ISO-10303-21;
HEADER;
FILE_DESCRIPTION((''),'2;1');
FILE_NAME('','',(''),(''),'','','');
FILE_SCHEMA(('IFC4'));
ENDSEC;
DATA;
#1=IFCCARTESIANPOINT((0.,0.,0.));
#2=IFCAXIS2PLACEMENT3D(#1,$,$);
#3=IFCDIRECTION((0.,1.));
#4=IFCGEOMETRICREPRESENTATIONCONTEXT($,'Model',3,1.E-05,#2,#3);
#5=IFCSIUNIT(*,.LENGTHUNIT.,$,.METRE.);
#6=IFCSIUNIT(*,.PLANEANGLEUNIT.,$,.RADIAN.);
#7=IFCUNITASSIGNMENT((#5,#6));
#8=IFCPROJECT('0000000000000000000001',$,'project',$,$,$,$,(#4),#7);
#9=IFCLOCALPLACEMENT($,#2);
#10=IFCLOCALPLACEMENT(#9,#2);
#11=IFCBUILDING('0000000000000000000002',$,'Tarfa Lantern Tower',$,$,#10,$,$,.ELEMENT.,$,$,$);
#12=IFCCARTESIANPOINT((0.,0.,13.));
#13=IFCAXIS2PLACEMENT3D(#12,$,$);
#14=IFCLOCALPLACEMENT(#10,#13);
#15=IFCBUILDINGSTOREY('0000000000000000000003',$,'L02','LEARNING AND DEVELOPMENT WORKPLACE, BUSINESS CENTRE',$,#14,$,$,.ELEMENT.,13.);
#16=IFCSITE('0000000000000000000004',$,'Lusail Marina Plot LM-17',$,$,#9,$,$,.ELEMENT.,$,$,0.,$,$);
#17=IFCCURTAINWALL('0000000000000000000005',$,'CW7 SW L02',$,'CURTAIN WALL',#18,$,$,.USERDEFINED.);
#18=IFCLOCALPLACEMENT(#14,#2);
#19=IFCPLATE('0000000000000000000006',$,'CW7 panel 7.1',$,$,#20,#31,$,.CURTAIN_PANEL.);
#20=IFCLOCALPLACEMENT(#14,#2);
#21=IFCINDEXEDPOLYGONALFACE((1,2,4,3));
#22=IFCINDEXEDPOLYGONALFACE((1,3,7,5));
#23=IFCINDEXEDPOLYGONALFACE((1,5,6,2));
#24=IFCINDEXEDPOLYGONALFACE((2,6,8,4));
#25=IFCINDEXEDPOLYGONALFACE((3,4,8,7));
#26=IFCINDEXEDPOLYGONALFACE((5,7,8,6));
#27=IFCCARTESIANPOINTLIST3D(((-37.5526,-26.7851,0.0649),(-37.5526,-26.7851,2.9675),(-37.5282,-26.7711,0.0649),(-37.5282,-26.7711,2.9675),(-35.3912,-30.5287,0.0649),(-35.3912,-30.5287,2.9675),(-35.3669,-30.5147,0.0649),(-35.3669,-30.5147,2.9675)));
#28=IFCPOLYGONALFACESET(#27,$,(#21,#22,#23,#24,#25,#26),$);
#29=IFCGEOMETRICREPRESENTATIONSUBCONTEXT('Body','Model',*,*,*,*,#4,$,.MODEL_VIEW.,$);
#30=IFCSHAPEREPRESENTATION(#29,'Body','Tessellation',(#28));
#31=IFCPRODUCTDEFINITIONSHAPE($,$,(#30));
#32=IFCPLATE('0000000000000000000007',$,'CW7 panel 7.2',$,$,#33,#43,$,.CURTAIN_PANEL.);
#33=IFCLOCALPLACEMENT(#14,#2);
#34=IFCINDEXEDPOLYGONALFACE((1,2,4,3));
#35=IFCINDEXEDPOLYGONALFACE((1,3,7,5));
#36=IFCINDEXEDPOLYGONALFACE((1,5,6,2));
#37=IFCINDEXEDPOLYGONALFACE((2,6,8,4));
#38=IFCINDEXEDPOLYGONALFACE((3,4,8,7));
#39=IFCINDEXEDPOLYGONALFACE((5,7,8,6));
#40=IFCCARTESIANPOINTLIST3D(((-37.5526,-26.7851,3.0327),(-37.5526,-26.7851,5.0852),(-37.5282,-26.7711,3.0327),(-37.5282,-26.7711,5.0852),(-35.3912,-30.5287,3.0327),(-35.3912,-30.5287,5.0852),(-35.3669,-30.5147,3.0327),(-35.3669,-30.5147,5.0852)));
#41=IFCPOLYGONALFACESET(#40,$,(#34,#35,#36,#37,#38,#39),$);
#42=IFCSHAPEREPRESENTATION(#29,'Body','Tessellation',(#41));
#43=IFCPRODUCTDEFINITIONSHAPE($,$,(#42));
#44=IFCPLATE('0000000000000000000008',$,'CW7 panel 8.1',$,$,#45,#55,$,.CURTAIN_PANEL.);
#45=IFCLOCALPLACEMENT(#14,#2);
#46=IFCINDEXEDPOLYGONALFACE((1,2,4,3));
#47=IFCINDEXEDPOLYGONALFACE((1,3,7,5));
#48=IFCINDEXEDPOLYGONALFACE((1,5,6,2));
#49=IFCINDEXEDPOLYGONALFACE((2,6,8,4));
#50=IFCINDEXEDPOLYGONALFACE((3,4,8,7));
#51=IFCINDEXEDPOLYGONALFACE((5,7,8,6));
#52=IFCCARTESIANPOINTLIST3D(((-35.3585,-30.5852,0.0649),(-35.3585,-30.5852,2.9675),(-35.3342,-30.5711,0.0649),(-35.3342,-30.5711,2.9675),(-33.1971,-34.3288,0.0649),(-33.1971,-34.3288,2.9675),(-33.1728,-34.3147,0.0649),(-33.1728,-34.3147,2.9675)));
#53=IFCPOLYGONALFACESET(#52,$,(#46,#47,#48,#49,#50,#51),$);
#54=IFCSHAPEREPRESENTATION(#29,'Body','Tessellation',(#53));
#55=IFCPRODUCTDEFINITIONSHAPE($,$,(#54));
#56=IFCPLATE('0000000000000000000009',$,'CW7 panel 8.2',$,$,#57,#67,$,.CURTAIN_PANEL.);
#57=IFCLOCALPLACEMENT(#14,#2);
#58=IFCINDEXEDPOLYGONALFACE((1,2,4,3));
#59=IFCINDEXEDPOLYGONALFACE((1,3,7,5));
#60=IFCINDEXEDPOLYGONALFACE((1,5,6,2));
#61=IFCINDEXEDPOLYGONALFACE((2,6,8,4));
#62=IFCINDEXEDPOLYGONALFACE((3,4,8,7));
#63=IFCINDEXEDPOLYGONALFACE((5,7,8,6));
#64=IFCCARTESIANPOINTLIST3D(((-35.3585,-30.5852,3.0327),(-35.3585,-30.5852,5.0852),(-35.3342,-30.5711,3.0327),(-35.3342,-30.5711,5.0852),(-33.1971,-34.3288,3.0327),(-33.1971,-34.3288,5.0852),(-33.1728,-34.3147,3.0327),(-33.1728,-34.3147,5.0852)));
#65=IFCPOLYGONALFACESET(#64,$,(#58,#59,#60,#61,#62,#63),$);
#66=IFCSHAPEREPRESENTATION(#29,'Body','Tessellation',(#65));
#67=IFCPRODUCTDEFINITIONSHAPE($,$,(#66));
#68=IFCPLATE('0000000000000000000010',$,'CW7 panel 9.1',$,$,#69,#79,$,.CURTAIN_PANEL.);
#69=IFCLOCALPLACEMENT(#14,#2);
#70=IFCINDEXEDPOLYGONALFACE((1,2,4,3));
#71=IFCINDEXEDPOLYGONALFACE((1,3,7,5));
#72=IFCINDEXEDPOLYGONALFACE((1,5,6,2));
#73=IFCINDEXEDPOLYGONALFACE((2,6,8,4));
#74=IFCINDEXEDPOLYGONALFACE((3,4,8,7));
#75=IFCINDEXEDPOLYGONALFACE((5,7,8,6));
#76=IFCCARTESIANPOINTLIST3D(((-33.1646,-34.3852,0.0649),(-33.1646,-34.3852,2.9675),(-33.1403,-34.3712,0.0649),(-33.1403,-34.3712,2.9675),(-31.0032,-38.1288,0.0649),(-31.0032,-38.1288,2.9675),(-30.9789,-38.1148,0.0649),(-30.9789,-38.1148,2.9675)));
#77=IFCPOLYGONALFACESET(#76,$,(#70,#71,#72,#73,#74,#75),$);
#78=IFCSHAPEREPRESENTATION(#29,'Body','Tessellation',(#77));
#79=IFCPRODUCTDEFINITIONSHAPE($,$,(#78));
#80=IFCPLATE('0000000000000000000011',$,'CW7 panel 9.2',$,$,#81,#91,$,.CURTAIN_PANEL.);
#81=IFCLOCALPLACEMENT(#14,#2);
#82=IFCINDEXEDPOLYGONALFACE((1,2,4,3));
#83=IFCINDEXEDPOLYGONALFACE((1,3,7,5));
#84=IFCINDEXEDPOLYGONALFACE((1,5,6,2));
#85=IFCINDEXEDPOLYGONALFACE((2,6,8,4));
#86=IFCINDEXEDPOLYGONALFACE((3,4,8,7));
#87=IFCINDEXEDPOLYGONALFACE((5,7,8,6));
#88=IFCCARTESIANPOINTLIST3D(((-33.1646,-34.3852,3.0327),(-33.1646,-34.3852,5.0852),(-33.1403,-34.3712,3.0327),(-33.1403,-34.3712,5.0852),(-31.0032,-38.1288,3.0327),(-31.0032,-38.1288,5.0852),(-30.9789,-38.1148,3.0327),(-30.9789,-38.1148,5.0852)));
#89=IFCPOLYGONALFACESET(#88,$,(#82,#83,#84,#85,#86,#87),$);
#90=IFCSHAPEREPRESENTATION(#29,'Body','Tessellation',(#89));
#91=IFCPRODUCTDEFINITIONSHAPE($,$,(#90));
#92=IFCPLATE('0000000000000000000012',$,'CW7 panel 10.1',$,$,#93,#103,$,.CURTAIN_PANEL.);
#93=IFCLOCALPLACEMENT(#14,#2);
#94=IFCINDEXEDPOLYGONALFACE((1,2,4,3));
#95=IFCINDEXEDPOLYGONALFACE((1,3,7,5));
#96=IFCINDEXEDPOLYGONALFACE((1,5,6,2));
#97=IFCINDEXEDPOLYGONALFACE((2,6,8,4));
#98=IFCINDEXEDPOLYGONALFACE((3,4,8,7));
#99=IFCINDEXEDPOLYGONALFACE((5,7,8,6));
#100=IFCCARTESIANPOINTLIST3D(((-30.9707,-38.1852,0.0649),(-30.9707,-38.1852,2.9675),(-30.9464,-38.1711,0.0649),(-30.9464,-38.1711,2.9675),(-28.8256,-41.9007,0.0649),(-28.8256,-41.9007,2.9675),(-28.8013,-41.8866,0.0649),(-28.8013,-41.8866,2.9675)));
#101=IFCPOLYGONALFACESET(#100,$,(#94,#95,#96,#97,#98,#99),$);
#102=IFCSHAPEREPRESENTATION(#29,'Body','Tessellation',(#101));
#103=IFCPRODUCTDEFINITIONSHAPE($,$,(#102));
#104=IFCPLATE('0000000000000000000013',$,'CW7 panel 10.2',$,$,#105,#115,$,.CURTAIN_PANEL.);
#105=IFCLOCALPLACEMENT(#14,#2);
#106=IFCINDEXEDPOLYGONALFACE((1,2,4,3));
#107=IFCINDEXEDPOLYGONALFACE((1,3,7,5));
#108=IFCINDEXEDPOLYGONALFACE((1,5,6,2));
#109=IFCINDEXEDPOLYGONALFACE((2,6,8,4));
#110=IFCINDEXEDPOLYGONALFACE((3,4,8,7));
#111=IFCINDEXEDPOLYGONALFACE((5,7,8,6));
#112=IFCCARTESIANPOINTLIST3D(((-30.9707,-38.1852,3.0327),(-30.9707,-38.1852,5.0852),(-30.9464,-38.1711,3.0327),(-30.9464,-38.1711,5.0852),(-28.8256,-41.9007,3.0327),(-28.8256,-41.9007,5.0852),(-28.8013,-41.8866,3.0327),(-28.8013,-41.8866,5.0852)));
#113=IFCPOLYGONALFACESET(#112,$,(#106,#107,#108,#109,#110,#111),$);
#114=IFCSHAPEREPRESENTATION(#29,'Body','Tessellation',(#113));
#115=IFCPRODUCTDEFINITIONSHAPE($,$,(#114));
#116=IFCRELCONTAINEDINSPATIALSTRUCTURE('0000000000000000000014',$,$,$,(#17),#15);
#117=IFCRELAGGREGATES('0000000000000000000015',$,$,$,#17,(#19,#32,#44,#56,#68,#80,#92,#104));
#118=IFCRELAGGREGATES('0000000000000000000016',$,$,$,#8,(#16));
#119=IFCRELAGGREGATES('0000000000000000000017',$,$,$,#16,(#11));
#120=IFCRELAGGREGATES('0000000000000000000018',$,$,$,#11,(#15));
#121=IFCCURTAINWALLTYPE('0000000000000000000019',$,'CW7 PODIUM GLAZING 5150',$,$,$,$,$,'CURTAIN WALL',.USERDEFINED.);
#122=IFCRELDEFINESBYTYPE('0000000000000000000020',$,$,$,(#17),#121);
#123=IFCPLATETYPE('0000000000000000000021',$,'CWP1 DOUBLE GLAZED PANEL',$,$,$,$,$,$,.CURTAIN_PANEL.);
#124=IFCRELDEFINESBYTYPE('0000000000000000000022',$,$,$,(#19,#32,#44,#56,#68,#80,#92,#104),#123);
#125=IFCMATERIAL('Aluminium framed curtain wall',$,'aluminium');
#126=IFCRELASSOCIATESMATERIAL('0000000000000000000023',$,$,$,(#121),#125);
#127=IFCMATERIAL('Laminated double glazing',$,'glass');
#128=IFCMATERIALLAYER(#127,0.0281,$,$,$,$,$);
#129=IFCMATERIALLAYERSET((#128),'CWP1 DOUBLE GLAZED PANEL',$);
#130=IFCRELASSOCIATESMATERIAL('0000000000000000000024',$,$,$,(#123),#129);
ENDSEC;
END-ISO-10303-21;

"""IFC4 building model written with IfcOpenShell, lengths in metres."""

from ifc_helpers import new_model, si_unit, direction, frame, origin, origin_2d, place, context, subcontext, project, spatial, rectangle, extrude, material, layer, layer_set, type_object, element, aggregate, save


model = new_model("IFC4")

# Units and contexts
model_context = context("Model", 3, precision=1e-05, world=origin(), true_north=direction((0.0, 1.0)))
body_context = subcontext(model_context, "Body", "Model", "MODEL_VIEW")
ifc_project = project(units=[si_unit("LENGTHUNIT", "METRE"), si_unit("PLANEANGLEUNIT", "RADIAN")], contexts=[model_context])

# Site, building, storey
site_placement = place(None, origin())
site = spatial("IfcSite", under=ifc_project, at=site_placement, Name="Lusail Marina Plot LM-17", CompositionType="ELEMENT", RefElevation=0.0)
building_placement = place(site_placement, origin())
building = spatial("IfcBuilding", under=site, at=building_placement, Name="Tarfa Lantern Tower", CompositionType="ELEMENT")
storey_placement = place(building_placement, frame((0.0, 0.0, 13.0)))
storey = spatial("IfcBuildingStorey", under=building, at=storey_placement, Name="L02", Description="LEARNING AND DEVELOPMENT WORKPLACE, BUSINESS CENTRE", CompositionType="ELEMENT", Elevation=13.0)

# Curtain wall
ifc_material_1 = material(Name="Aluminium framed curtain wall", Category="aluminium")
curtain_wall_type = type_object("IfcCurtainWallType", Name="CW7 PODIUM GLAZING 5150", ElementType="CURTAIN WALL", PredefinedType="USERDEFINED", material=ifc_material_1)
curtain_wall_1_placement = place(storey_placement, origin())
curtain_wall_1 = element("IfcCurtainWall", 1, at=curtain_wall_1_placement, inside=storey, type_object=curtain_wall_type, Name="CW7 SW L02", ObjectType="CURTAIN WALL", PredefinedType="USERDEFINED")

# Plates
ifc_material_2 = material(Name="Laminated double glazing", Category="glass")
ifc_layer = layer(ifc_material_2, 0.0281)
ifc_layer_set = layer_set([ifc_layer], Name="CWP1 DOUBLE GLAZED PANEL")
plate_type = type_object("IfcPlateType", Name="CWP1 DOUBLE GLAZED PANEL", PredefinedType="CURTAIN_PANEL", material=ifc_layer_set)
plate_1_placement = place(storey_placement, frame((-36.4597, -28.6499, 0.0649), z_axis=(0.0, 0.0, 1.0), x_axis=(0.5, -0.866025, 0.0)))
plate_1 = element("IfcPlate", 2, at=plate_1_placement, type_object=plate_type, Name="CW7 panel 7.1", PredefinedType="CURTAIN_PANEL", context=body_context, shape_type="SweptSolid", body=[
    extrude(rectangle(XDim=4.3228, YDim=0.0281, at=origin_2d()), origin(), (0.0, 0.0, 1.0), 2.9026),
])
plate_2_placement = place(storey_placement, frame((-36.4597, -28.6499, 3.0327), z_axis=(0.0, 0.0, 1.0), x_axis=(0.5, -0.866025, 0.0)))
plate_2 = element("IfcPlate", 3, at=plate_2_placement, type_object=plate_type, Name="CW7 panel 7.2", PredefinedType="CURTAIN_PANEL", context=body_context, shape_type="SweptSolid", body=[
    extrude(rectangle(XDim=4.3228, YDim=0.0281, at=origin_2d()), origin(), (0.0, 0.0, 1.0), 2.0525),
])
plate_3_placement = place(storey_placement, frame((-34.2656, -32.45, 0.0649), z_axis=(0.0, 0.0, 1.0), x_axis=(0.5, -0.866025, 0.0)))
plate_3 = element("IfcPlate", 4, at=plate_3_placement, type_object=plate_type, Name="CW7 panel 8.1", PredefinedType="CURTAIN_PANEL", context=body_context, shape_type="SweptSolid", body=[
    extrude(rectangle(XDim=4.3228, YDim=0.0281, at=origin_2d()), origin(), (0.0, 0.0, 1.0), 2.9026),
])
plate_4_placement = place(storey_placement, frame((-34.2656, -32.45, 3.0327), z_axis=(0.0, 0.0, 1.0), x_axis=(0.5, -0.866025, 0.0)))
plate_4 = element("IfcPlate", 5, at=plate_4_placement, type_object=plate_type, Name="CW7 panel 8.2", PredefinedType="CURTAIN_PANEL", context=body_context, shape_type="SweptSolid", body=[
    extrude(rectangle(XDim=4.3228, YDim=0.0281, at=origin_2d()), origin(), (0.0, 0.0, 1.0), 2.0525),
])
plate_5_placement = place(storey_placement, frame((-32.0718, -36.25, 0.0649), z_axis=(0.0, 0.0, 1.0), x_axis=(0.5, -0.866025, 0.0)))
plate_5 = element("IfcPlate", 6, at=plate_5_placement, type_object=plate_type, Name="CW7 panel 9.1", PredefinedType="CURTAIN_PANEL", context=body_context, shape_type="SweptSolid", body=[
    extrude(rectangle(XDim=4.3228, YDim=0.0281, at=origin_2d()), origin(), (0.0, 0.0, 1.0), 2.9026),
])
plate_6_placement = place(storey_placement, frame((-32.0718, -36.25, 3.0327), z_axis=(0.0, 0.0, 1.0), x_axis=(0.5, -0.866025, 0.0)))
plate_6 = element("IfcPlate", 7, at=plate_6_placement, type_object=plate_type, Name="CW7 panel 9.2", PredefinedType="CURTAIN_PANEL", context=body_context, shape_type="SweptSolid", body=[
    extrude(rectangle(XDim=4.3228, YDim=0.0281, at=origin_2d()), origin(), (0.0, 0.0, 1.0), 2.0525),
])
plate_7_placement = place(storey_placement, frame((-29.886, -40.0359, 0.0649), z_axis=(0.0, 0.0, 1.0), x_axis=(0.5, -0.866025, 0.0)))
plate_7 = element("IfcPlate", 8, at=plate_7_placement, type_object=plate_type, Name="CW7 panel 10.1", PredefinedType="CURTAIN_PANEL", context=body_context, shape_type="SweptSolid", body=[
    extrude(rectangle(XDim=4.2903, YDim=0.0281, at=origin_2d()), origin(), (0.0, 0.0, 1.0), 2.9026),
])
plate_8_placement = place(storey_placement, frame((-29.886, -40.0359, 3.0327), z_axis=(0.0, 0.0, 1.0), x_axis=(0.5, -0.866025, 0.0)))
plate_8 = element("IfcPlate", 9, at=plate_8_placement, type_object=plate_type, Name="CW7 panel 10.2", PredefinedType="CURTAIN_PANEL", context=body_context, shape_type="SweptSolid", body=[
    extrude(rectangle(XDim=4.2903, YDim=0.0281, at=origin_2d()), origin(), (0.0, 0.0, 1.0), 2.0525),
])
aggregate(curtain_wall_1, [plate_1, plate_2, plate_3, plate_4, plate_5, plate_6, plate_7, plate_8])

save(model, "model.ifc")
